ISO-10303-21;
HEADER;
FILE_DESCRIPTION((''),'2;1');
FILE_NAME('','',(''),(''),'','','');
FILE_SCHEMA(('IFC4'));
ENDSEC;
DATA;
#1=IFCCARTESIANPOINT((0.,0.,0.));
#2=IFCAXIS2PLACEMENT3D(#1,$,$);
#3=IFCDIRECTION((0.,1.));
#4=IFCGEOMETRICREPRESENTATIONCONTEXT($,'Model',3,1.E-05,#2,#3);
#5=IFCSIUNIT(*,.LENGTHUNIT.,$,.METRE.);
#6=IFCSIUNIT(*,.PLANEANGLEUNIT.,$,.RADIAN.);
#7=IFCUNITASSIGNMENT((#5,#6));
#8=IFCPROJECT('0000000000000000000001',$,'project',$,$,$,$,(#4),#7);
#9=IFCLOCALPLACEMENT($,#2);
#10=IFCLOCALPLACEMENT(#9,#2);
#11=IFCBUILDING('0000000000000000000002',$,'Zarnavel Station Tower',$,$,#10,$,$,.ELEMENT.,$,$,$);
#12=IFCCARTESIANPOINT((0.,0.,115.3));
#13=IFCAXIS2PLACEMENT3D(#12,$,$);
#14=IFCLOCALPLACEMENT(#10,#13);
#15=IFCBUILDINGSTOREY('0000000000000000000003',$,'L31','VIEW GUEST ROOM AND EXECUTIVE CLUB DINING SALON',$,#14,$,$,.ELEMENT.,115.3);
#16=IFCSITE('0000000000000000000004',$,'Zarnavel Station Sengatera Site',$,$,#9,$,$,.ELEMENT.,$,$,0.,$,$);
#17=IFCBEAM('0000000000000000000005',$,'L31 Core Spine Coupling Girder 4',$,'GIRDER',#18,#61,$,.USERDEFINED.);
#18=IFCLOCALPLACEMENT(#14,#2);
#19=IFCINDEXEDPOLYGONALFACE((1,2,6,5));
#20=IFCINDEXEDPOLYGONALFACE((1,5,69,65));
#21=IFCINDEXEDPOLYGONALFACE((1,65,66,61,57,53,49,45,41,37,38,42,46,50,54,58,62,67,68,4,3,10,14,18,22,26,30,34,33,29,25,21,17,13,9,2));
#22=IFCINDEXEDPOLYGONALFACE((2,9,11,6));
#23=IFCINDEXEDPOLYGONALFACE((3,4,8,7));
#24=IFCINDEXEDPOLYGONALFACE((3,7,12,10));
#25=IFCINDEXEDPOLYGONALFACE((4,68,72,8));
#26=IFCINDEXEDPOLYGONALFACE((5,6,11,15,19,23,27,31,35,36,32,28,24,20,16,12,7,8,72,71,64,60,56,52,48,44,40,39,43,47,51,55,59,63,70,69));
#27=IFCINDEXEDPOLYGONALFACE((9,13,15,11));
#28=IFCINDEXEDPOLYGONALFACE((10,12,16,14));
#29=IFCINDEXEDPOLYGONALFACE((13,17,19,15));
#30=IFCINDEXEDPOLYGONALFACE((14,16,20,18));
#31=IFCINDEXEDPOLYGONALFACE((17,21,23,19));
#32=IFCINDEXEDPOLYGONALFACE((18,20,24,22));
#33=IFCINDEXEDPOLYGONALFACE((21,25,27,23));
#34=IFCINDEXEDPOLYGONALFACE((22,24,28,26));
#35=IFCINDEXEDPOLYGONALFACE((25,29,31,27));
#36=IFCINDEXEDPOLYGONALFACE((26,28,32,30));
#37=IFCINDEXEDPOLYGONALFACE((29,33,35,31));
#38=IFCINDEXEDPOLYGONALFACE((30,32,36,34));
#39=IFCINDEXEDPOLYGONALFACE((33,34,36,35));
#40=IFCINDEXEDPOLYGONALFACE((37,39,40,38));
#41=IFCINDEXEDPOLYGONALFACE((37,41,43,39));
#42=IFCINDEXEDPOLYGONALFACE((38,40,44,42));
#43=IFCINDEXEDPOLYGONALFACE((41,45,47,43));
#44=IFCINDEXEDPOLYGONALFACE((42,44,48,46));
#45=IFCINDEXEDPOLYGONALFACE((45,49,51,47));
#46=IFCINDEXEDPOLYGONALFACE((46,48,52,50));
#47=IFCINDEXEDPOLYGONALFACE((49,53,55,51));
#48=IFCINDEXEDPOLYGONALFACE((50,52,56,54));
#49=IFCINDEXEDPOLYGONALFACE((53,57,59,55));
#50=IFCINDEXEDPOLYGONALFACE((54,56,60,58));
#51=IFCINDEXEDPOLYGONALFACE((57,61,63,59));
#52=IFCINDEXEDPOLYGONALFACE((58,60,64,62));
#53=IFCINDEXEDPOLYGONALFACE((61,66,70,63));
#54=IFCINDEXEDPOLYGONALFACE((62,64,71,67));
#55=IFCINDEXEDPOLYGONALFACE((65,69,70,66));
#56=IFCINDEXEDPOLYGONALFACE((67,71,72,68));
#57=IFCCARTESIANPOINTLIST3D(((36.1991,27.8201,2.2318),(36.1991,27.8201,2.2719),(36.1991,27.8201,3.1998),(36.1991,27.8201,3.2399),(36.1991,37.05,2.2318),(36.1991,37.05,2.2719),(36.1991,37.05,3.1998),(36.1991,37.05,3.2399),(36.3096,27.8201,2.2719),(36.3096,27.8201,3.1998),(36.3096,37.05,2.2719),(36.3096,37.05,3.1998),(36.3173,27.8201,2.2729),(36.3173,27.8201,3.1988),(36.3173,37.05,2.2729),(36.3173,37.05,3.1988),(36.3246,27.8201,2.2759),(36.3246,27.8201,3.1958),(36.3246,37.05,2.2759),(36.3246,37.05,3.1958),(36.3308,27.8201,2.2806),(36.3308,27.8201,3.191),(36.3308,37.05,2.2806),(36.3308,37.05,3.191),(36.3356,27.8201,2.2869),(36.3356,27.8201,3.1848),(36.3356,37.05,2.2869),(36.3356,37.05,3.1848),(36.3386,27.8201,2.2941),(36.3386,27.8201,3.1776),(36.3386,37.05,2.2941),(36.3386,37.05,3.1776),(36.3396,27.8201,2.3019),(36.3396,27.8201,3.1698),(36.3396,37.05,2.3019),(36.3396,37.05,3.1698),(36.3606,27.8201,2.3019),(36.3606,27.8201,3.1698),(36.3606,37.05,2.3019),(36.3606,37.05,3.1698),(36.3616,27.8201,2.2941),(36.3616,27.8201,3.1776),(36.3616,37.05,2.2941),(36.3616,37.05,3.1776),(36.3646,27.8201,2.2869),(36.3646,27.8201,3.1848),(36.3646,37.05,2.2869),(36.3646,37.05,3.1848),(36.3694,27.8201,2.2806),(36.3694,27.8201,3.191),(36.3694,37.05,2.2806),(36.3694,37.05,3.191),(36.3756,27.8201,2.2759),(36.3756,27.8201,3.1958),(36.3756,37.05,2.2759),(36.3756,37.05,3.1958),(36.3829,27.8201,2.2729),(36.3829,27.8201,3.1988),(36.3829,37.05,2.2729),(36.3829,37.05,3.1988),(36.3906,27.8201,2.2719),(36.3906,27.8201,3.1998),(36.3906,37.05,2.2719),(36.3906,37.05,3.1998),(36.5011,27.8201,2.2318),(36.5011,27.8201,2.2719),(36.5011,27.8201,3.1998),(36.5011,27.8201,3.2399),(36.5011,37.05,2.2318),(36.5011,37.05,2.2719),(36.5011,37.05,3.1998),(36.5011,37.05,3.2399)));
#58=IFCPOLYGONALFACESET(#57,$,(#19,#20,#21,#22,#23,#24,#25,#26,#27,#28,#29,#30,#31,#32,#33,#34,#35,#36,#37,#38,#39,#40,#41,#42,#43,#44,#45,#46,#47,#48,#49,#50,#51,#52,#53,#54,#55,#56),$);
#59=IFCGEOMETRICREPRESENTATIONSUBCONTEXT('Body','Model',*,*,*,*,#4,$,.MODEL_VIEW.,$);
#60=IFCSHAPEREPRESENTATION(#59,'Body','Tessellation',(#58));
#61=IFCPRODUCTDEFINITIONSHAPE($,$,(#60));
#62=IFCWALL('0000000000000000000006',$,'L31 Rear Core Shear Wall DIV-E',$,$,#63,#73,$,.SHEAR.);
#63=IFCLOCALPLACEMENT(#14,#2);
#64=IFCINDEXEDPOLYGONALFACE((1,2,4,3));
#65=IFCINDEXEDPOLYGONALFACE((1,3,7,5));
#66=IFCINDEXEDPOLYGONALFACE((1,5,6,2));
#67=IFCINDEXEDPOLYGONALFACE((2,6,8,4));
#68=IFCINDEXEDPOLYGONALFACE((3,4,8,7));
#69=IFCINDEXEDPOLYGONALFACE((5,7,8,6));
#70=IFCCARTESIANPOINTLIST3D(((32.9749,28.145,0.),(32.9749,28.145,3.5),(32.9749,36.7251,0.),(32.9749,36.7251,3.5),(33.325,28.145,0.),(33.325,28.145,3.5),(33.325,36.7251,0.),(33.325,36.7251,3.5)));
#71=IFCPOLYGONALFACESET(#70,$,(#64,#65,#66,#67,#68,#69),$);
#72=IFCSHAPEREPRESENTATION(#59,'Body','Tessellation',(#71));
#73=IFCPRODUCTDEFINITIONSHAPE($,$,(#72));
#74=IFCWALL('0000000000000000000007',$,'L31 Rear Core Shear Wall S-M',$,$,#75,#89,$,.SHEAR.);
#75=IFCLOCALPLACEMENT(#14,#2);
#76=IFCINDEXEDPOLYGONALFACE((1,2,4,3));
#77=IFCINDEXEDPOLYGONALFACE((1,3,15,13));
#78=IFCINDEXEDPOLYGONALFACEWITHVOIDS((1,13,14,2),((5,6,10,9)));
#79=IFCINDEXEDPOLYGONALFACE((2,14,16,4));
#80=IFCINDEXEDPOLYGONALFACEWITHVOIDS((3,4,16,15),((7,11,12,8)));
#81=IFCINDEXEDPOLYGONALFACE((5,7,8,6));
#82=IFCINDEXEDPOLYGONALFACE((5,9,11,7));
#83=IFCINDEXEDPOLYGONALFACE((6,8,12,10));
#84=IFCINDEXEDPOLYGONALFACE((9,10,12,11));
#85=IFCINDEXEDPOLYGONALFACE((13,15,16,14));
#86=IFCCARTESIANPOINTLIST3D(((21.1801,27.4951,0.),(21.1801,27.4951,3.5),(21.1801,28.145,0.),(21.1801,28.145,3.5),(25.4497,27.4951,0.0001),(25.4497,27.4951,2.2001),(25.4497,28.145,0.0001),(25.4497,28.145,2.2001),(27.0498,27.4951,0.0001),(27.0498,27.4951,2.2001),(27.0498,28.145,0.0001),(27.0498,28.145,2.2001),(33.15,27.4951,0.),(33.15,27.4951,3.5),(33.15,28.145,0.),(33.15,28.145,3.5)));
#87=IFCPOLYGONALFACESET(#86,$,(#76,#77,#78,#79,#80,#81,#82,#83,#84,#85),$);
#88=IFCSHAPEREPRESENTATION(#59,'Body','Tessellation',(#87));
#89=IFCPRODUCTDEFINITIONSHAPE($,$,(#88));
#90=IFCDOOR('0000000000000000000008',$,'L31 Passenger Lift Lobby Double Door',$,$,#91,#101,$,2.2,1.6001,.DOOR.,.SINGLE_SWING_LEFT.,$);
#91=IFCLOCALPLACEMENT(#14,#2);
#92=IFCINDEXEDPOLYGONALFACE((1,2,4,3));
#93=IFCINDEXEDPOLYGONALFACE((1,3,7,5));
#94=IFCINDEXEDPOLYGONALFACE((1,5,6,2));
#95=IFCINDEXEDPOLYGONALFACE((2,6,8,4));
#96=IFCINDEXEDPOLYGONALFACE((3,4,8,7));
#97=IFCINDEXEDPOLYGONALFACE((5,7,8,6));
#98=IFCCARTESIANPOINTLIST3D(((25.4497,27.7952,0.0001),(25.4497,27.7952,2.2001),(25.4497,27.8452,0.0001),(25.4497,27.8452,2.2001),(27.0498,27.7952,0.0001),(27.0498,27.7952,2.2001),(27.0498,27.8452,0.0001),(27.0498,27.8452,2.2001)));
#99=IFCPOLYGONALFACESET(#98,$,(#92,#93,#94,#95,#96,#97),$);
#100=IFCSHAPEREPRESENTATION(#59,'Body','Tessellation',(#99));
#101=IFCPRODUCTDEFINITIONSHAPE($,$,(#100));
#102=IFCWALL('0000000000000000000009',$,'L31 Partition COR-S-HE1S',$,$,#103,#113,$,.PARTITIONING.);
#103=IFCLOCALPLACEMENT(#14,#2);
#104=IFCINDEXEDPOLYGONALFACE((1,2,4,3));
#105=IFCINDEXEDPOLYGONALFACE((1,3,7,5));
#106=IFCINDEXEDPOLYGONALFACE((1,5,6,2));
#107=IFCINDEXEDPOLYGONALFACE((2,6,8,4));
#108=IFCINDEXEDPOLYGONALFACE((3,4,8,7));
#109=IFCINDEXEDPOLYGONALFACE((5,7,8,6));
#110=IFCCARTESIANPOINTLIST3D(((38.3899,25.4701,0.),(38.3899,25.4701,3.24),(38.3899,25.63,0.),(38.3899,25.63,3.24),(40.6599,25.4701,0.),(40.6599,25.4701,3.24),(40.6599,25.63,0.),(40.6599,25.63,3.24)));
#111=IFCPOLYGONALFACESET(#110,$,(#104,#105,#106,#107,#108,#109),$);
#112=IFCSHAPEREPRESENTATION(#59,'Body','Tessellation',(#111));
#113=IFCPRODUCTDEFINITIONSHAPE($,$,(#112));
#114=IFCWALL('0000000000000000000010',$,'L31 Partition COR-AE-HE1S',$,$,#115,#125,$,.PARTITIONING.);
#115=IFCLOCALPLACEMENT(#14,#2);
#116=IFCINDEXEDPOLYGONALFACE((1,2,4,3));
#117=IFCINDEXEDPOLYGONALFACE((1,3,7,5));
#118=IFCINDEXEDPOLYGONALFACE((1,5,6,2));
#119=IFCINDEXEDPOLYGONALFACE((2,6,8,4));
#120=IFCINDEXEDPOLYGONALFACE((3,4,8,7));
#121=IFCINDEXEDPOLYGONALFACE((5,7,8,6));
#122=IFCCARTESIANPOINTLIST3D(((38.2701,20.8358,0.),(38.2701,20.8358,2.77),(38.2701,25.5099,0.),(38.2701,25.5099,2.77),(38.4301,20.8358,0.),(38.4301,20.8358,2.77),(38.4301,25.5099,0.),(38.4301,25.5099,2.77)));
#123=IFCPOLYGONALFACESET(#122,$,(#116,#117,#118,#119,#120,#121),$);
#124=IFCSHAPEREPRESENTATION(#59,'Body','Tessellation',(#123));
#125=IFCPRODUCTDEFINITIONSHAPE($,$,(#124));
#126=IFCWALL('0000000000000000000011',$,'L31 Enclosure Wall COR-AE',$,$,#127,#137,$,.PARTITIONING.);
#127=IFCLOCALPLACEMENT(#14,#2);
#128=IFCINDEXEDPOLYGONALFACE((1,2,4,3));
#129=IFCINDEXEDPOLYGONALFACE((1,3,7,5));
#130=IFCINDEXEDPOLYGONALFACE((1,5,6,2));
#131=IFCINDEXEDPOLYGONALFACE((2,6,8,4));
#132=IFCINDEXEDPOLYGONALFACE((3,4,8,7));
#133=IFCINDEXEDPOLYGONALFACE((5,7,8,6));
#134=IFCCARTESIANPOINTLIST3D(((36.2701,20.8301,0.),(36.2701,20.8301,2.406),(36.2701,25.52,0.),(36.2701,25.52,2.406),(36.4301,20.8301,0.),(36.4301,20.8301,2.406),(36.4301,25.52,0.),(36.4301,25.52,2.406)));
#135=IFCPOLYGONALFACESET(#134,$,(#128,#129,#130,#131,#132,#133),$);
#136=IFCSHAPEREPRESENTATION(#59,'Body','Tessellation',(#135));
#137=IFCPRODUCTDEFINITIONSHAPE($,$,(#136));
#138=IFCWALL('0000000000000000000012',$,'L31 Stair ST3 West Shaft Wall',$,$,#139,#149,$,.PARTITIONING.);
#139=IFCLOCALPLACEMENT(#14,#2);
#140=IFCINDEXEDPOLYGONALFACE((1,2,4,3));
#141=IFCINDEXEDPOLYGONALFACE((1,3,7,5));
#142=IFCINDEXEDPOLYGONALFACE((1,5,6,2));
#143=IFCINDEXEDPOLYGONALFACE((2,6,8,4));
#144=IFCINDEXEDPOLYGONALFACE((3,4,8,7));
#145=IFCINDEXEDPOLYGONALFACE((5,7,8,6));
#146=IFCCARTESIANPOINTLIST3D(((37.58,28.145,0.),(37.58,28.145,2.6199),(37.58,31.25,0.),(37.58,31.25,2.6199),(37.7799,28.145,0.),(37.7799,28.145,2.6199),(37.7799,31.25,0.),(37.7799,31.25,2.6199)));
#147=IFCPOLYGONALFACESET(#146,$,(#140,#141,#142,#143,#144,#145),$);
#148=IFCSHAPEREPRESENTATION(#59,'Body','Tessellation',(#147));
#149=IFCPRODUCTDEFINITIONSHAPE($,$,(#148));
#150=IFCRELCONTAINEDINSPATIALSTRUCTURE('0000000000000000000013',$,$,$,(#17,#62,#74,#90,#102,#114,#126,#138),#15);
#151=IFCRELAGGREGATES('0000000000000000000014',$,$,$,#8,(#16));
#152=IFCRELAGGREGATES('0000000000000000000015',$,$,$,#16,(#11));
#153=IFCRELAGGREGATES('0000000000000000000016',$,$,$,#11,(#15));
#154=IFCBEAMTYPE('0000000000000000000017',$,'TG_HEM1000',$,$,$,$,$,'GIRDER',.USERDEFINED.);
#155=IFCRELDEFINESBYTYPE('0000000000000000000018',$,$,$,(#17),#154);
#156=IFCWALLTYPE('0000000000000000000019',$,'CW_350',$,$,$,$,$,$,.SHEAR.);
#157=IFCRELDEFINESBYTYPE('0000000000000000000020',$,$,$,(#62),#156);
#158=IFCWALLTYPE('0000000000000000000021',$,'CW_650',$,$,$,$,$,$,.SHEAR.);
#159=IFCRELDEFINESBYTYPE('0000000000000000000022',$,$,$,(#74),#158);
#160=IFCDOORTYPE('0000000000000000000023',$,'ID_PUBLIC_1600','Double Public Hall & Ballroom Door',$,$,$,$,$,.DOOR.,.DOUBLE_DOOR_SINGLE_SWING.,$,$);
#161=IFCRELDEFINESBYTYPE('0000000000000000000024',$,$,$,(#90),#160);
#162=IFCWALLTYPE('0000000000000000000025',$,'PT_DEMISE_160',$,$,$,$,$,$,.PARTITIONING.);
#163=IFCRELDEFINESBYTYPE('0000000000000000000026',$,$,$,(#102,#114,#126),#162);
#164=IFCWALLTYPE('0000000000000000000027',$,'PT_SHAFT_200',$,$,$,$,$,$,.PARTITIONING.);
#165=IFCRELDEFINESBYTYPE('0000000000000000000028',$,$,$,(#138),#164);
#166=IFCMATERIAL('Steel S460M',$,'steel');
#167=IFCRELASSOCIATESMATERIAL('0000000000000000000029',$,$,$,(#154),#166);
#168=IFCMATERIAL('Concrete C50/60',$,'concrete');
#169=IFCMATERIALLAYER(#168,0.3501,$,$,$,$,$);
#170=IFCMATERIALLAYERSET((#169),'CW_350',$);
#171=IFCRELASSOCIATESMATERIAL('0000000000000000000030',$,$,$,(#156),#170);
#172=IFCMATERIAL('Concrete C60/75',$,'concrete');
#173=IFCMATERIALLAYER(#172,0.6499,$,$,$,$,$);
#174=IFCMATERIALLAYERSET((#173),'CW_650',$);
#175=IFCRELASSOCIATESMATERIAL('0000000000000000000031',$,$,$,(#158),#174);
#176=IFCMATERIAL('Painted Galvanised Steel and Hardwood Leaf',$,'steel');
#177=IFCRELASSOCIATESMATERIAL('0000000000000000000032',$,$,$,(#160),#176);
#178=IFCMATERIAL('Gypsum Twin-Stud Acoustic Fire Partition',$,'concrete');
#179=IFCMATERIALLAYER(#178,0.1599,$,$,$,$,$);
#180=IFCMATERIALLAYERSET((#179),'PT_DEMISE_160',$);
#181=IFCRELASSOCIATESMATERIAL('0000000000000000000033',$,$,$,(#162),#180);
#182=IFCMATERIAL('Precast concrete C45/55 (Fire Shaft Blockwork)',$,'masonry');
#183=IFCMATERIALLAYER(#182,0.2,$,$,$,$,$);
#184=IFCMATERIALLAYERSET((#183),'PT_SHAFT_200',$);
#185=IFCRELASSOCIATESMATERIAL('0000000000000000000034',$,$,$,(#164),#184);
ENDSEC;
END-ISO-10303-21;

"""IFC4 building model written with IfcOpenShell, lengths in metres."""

from ifc_helpers import new_model, si_unit, direction, frame, frame_2d, origin, origin_2d, place, context, subcontext, project, spatial, rectangle, i_section, extrude, material, layer, layer_set, material_profile, profile_set, type_object, element, fill, save


model = new_model("IFC4")

# Units and contexts
model_context = context("Model", 3, precision=1e-05, world=origin(), true_north=direction((0.0, 1.0)))
body_context = subcontext(model_context, "Body", "Model", "MODEL_VIEW")
ifc_project = project(units=[si_unit("LENGTHUNIT", "METRE"), si_unit("PLANEANGLEUNIT", "RADIAN")], contexts=[model_context])

# Site, building, storey
site_placement = place(None, origin())
site = spatial("IfcSite", under=ifc_project, at=site_placement, Name="Zarnavel Station Sengatera Site", CompositionType="ELEMENT", RefElevation=0.0)
building_placement = place(site_placement, origin())
building = spatial("IfcBuilding", under=site, at=building_placement, Name="Zarnavel Station Tower", CompositionType="ELEMENT")
storey_placement = place(building_placement, frame((0.0, 0.0, 115.3)))
storey = spatial("IfcBuildingStorey", under=building, at=storey_placement, Name="L31", Description="VIEW GUEST ROOM AND EXECUTIVE CLUB DINING SALON", CompositionType="ELEMENT", Elevation=115.3)

# Beam
ifc_material_1 = material(Name="Steel S460M", Category="steel")
ifc_material_profile_1 = material_profile(ifc_material_1, i_section(OverallWidth=0.302, OverallDepth=1.0081, WebThickness=0.021, FlangeThickness=0.04, FilletRadius=0.03, at=origin_2d()), Name="HEM1000")
ifc_profile_set_1 = profile_set([ifc_material_profile_1], Name="Steel S460M")
beam_type_1 = type_object("IfcBeamType", Name="TG_HEM1000", ElementType="GIRDER", PredefinedType="USERDEFINED", material=ifc_profile_set_1)
for number, where, z_axis, x_axis, name in (
    (1, (36.3501, 27.8201, 2.7358), (0.0, 1.0, 0.0), (-1.0, 0.0, 0.0), "L31 Core Spine Coupling Girder 4"),
):
    element("IfcBeam", number, at=place(storey_placement, frame(where, z_axis=z_axis, x_axis=x_axis)), inside=storey, type_object=beam_type_1, Name=name, ObjectType="GIRDER", PredefinedType="USERDEFINED", context=body_context, shape_type="SweptSolid", body=[
        extrude(i_section(OverallWidth=0.302, OverallDepth=1.0081, WebThickness=0.021, FlangeThickness=0.04, FilletRadius=0.03, at=origin_2d()), origin(), (0.0, 0.0, 1.0), 9.23),
    ])

# Wall
ifc_material_2 = material(Name="Concrete C50/60", Category="concrete")
ifc_layer_1 = layer(ifc_material_2, 0.3501)
ifc_layer_set_1 = layer_set([ifc_layer_1], Name="CW_350")
wall_type_1 = type_object("IfcWallType", Name="CW_350", PredefinedType="SHEAR", material=ifc_layer_set_1)
wall_1_placement = place(storey_placement, frame((33.1499, 28.145, 0.0), z_axis=(0.0, 0.0, 1.0), x_axis=(0.0, 1.0, 0.0)))
element("IfcWall", 2, at=wall_1_placement, inside=storey, type_object=wall_type_1, Name="L31 Rear Core Shear Wall DIV-E", PredefinedType="SHEAR", context=body_context, shape_type="SweptSolid", body=[
    extrude(rectangle(XDim=8.5801, YDim=0.3501, at=frame_2d((4.29, 0.0))), origin(), (0.0, 0.0, 1.0), 3.5),
])

# Wall, opening, door
ifc_material_3 = material(Name="Concrete C60/75", Category="concrete")
ifc_layer_2 = layer(ifc_material_3, 0.6499)
ifc_layer_set_2 = layer_set([ifc_layer_2], Name="CW_650")
wall_type_2 = type_object("IfcWallType", Name="CW_650", PredefinedType="SHEAR", material=ifc_layer_set_2)
wall_2_placement = place(storey_placement, frame((33.1499, 27.8201, 0.0), z_axis=(0.0, 0.0, 1.0), x_axis=(-1.0, 0.0, 0.0)))
wall_2 = element("IfcWall", 3, at=wall_2_placement, inside=storey, type_object=wall_type_2, Name="L31 Rear Core Shear Wall S-M", PredefinedType="SHEAR", context=body_context, shape_type="SweptSolid", body=[
    extrude(rectangle(XDim=11.97, YDim=0.6499, at=frame_2d((5.9849, 0.0))), origin(), (0.0, 0.0, 1.0), 3.5),
])
opening_1_placement = place(wall_2_placement, frame((6.1001, 0.0, 0.0)))
opening_1 = element("IfcOpeningElement", 4, at=opening_1_placement, cuts=wall_2, PredefinedType="OPENING", context=body_context, shape_type="SweptSolid", body=[
    extrude(rectangle(XDim=1.6001, YDim=2.2, at=frame_2d((0.8, 1.1001))), frame((0.0, 0.335, 0.0), z_axis=(0.0, -1.0, 0.0), x_axis=(1.0, 0.0, 0.0)), (0.0, 0.0, 1.0), 0.6699),
])
ifc_material_4 = material(Name="Painted Galvanised Steel and Hardwood Leaf", Category="steel")
door_type_1 = type_object("IfcDoorType", Name="ID_PUBLIC_1600", Description="Double Public Hall & Ballroom Door", OperationType="DOUBLE_DOOR_SINGLE_SWING", PredefinedType="DOOR", material=ifc_material_4)
door_1_placement = place(opening_1_placement, origin())
door_1 = element("IfcDoor", 5, at=door_1_placement, inside=storey, type_object=door_type_1, Name="L31 Passenger Lift Lobby Double Door", OperationType="SINGLE_SWING_LEFT", OverallHeight=2.2, OverallWidth=1.6001, PredefinedType="DOOR", context=body_context, shape_type="SweptSolid", body=[
    extrude(rectangle(XDim=1.6001, YDim=2.2, at=frame_2d((0.8, 1.1001))), frame((0.0, 0.0249, 0.0), z_axis=(0.0, -1.0, 0.0), x_axis=(1.0, 0.0, 0.0)), (0.0, 0.0, 1.0), 0.05),
])
fill(opening_1, door_1)

# Walls
ifc_material_5 = material(Name="Gypsum Twin-Stud Acoustic Fire Partition", Category="concrete")
ifc_layer_3 = layer(ifc_material_5, 0.1599)
ifc_layer_set_3 = layer_set([ifc_layer_3], Name="PT_DEMISE_160")
wall_type_3 = type_object("IfcWallType", Name="PT_DEMISE_160", PredefinedType="PARTITIONING", material=ifc_layer_set_3)
wall_3_placement = place(storey_placement, frame((38.3899, 25.55, 0.0), z_axis=(0.0, 0.0, 1.0), x_axis=(1.0, 0.0, 0.0)))
element("IfcWall", 6, at=wall_3_placement, inside=storey, type_object=wall_type_3, Name="L31 Partition COR-S-HE1S", PredefinedType="PARTITIONING", context=body_context, shape_type="SweptSolid", body=[
    extrude(rectangle(XDim=2.27, YDim=0.1599, at=frame_2d((1.135, 0.0))), origin(), (0.0, 0.0, 1.0), 3.24),
])
wall_4_placement = place(storey_placement, frame((38.3501, 20.8359, 0.0), z_axis=(0.0, 0.0, 1.0), x_axis=(0.0, 1.0, 0.0)))
element("IfcWall", 7, at=wall_4_placement, inside=storey, type_object=wall_type_3, Name="L31 Partition COR-AE-HE1S", PredefinedType="PARTITIONING", context=body_context, shape_type="SweptSolid", body=[
    extrude(rectangle(XDim=4.6741, YDim=0.1599, at=frame_2d((2.3369, 0.0))), origin(), (0.0, 0.0, 1.0), 2.77),
])
wall_5_placement = place(storey_placement, frame((36.3501, 20.8301, 0.0), z_axis=(0.0, 0.0, 1.0), x_axis=(0.0, 1.0, 0.0)))
element("IfcWall", 8, at=wall_5_placement, inside=storey, type_object=wall_type_3, Name="L31 Enclosure Wall COR-AE", PredefinedType="PARTITIONING", context=body_context, shape_type="SweptSolid", body=[
    extrude(rectangle(XDim=4.6899, YDim=0.1599, at=frame_2d((2.345, 0.0))), origin(), (0.0, 0.0, 1.0), 2.406),
])
ifc_material_6 = material(Name="Precast concrete C45/55 (Fire Shaft Blockwork)", Category="masonry")
ifc_layer_4 = layer(ifc_material_6, 0.2)
ifc_layer_set_4 = layer_set([ifc_layer_4], Name="PT_SHAFT_200")
wall_type_4 = type_object("IfcWallType", Name="PT_SHAFT_200", PredefinedType="PARTITIONING", material=ifc_layer_set_4)
wall_6_placement = place(storey_placement, frame((37.6799, 28.145, 0.0), z_axis=(0.0, 0.0, 1.0), x_axis=(0.0, 1.0, 0.0)))
element("IfcWall", 9, at=wall_6_placement, inside=storey, type_object=wall_type_4, Name="L31 Stair ST3 West Shaft Wall", PredefinedType="PARTITIONING", context=body_context, shape_type="SweptSolid", body=[
    extrude(rectangle(XDim=3.105, YDim=0.2, at=frame_2d((1.5525, 0.0))), origin(), (0.0, 0.0, 1.0), 2.6199),
])

save(model, "model.ifc")
